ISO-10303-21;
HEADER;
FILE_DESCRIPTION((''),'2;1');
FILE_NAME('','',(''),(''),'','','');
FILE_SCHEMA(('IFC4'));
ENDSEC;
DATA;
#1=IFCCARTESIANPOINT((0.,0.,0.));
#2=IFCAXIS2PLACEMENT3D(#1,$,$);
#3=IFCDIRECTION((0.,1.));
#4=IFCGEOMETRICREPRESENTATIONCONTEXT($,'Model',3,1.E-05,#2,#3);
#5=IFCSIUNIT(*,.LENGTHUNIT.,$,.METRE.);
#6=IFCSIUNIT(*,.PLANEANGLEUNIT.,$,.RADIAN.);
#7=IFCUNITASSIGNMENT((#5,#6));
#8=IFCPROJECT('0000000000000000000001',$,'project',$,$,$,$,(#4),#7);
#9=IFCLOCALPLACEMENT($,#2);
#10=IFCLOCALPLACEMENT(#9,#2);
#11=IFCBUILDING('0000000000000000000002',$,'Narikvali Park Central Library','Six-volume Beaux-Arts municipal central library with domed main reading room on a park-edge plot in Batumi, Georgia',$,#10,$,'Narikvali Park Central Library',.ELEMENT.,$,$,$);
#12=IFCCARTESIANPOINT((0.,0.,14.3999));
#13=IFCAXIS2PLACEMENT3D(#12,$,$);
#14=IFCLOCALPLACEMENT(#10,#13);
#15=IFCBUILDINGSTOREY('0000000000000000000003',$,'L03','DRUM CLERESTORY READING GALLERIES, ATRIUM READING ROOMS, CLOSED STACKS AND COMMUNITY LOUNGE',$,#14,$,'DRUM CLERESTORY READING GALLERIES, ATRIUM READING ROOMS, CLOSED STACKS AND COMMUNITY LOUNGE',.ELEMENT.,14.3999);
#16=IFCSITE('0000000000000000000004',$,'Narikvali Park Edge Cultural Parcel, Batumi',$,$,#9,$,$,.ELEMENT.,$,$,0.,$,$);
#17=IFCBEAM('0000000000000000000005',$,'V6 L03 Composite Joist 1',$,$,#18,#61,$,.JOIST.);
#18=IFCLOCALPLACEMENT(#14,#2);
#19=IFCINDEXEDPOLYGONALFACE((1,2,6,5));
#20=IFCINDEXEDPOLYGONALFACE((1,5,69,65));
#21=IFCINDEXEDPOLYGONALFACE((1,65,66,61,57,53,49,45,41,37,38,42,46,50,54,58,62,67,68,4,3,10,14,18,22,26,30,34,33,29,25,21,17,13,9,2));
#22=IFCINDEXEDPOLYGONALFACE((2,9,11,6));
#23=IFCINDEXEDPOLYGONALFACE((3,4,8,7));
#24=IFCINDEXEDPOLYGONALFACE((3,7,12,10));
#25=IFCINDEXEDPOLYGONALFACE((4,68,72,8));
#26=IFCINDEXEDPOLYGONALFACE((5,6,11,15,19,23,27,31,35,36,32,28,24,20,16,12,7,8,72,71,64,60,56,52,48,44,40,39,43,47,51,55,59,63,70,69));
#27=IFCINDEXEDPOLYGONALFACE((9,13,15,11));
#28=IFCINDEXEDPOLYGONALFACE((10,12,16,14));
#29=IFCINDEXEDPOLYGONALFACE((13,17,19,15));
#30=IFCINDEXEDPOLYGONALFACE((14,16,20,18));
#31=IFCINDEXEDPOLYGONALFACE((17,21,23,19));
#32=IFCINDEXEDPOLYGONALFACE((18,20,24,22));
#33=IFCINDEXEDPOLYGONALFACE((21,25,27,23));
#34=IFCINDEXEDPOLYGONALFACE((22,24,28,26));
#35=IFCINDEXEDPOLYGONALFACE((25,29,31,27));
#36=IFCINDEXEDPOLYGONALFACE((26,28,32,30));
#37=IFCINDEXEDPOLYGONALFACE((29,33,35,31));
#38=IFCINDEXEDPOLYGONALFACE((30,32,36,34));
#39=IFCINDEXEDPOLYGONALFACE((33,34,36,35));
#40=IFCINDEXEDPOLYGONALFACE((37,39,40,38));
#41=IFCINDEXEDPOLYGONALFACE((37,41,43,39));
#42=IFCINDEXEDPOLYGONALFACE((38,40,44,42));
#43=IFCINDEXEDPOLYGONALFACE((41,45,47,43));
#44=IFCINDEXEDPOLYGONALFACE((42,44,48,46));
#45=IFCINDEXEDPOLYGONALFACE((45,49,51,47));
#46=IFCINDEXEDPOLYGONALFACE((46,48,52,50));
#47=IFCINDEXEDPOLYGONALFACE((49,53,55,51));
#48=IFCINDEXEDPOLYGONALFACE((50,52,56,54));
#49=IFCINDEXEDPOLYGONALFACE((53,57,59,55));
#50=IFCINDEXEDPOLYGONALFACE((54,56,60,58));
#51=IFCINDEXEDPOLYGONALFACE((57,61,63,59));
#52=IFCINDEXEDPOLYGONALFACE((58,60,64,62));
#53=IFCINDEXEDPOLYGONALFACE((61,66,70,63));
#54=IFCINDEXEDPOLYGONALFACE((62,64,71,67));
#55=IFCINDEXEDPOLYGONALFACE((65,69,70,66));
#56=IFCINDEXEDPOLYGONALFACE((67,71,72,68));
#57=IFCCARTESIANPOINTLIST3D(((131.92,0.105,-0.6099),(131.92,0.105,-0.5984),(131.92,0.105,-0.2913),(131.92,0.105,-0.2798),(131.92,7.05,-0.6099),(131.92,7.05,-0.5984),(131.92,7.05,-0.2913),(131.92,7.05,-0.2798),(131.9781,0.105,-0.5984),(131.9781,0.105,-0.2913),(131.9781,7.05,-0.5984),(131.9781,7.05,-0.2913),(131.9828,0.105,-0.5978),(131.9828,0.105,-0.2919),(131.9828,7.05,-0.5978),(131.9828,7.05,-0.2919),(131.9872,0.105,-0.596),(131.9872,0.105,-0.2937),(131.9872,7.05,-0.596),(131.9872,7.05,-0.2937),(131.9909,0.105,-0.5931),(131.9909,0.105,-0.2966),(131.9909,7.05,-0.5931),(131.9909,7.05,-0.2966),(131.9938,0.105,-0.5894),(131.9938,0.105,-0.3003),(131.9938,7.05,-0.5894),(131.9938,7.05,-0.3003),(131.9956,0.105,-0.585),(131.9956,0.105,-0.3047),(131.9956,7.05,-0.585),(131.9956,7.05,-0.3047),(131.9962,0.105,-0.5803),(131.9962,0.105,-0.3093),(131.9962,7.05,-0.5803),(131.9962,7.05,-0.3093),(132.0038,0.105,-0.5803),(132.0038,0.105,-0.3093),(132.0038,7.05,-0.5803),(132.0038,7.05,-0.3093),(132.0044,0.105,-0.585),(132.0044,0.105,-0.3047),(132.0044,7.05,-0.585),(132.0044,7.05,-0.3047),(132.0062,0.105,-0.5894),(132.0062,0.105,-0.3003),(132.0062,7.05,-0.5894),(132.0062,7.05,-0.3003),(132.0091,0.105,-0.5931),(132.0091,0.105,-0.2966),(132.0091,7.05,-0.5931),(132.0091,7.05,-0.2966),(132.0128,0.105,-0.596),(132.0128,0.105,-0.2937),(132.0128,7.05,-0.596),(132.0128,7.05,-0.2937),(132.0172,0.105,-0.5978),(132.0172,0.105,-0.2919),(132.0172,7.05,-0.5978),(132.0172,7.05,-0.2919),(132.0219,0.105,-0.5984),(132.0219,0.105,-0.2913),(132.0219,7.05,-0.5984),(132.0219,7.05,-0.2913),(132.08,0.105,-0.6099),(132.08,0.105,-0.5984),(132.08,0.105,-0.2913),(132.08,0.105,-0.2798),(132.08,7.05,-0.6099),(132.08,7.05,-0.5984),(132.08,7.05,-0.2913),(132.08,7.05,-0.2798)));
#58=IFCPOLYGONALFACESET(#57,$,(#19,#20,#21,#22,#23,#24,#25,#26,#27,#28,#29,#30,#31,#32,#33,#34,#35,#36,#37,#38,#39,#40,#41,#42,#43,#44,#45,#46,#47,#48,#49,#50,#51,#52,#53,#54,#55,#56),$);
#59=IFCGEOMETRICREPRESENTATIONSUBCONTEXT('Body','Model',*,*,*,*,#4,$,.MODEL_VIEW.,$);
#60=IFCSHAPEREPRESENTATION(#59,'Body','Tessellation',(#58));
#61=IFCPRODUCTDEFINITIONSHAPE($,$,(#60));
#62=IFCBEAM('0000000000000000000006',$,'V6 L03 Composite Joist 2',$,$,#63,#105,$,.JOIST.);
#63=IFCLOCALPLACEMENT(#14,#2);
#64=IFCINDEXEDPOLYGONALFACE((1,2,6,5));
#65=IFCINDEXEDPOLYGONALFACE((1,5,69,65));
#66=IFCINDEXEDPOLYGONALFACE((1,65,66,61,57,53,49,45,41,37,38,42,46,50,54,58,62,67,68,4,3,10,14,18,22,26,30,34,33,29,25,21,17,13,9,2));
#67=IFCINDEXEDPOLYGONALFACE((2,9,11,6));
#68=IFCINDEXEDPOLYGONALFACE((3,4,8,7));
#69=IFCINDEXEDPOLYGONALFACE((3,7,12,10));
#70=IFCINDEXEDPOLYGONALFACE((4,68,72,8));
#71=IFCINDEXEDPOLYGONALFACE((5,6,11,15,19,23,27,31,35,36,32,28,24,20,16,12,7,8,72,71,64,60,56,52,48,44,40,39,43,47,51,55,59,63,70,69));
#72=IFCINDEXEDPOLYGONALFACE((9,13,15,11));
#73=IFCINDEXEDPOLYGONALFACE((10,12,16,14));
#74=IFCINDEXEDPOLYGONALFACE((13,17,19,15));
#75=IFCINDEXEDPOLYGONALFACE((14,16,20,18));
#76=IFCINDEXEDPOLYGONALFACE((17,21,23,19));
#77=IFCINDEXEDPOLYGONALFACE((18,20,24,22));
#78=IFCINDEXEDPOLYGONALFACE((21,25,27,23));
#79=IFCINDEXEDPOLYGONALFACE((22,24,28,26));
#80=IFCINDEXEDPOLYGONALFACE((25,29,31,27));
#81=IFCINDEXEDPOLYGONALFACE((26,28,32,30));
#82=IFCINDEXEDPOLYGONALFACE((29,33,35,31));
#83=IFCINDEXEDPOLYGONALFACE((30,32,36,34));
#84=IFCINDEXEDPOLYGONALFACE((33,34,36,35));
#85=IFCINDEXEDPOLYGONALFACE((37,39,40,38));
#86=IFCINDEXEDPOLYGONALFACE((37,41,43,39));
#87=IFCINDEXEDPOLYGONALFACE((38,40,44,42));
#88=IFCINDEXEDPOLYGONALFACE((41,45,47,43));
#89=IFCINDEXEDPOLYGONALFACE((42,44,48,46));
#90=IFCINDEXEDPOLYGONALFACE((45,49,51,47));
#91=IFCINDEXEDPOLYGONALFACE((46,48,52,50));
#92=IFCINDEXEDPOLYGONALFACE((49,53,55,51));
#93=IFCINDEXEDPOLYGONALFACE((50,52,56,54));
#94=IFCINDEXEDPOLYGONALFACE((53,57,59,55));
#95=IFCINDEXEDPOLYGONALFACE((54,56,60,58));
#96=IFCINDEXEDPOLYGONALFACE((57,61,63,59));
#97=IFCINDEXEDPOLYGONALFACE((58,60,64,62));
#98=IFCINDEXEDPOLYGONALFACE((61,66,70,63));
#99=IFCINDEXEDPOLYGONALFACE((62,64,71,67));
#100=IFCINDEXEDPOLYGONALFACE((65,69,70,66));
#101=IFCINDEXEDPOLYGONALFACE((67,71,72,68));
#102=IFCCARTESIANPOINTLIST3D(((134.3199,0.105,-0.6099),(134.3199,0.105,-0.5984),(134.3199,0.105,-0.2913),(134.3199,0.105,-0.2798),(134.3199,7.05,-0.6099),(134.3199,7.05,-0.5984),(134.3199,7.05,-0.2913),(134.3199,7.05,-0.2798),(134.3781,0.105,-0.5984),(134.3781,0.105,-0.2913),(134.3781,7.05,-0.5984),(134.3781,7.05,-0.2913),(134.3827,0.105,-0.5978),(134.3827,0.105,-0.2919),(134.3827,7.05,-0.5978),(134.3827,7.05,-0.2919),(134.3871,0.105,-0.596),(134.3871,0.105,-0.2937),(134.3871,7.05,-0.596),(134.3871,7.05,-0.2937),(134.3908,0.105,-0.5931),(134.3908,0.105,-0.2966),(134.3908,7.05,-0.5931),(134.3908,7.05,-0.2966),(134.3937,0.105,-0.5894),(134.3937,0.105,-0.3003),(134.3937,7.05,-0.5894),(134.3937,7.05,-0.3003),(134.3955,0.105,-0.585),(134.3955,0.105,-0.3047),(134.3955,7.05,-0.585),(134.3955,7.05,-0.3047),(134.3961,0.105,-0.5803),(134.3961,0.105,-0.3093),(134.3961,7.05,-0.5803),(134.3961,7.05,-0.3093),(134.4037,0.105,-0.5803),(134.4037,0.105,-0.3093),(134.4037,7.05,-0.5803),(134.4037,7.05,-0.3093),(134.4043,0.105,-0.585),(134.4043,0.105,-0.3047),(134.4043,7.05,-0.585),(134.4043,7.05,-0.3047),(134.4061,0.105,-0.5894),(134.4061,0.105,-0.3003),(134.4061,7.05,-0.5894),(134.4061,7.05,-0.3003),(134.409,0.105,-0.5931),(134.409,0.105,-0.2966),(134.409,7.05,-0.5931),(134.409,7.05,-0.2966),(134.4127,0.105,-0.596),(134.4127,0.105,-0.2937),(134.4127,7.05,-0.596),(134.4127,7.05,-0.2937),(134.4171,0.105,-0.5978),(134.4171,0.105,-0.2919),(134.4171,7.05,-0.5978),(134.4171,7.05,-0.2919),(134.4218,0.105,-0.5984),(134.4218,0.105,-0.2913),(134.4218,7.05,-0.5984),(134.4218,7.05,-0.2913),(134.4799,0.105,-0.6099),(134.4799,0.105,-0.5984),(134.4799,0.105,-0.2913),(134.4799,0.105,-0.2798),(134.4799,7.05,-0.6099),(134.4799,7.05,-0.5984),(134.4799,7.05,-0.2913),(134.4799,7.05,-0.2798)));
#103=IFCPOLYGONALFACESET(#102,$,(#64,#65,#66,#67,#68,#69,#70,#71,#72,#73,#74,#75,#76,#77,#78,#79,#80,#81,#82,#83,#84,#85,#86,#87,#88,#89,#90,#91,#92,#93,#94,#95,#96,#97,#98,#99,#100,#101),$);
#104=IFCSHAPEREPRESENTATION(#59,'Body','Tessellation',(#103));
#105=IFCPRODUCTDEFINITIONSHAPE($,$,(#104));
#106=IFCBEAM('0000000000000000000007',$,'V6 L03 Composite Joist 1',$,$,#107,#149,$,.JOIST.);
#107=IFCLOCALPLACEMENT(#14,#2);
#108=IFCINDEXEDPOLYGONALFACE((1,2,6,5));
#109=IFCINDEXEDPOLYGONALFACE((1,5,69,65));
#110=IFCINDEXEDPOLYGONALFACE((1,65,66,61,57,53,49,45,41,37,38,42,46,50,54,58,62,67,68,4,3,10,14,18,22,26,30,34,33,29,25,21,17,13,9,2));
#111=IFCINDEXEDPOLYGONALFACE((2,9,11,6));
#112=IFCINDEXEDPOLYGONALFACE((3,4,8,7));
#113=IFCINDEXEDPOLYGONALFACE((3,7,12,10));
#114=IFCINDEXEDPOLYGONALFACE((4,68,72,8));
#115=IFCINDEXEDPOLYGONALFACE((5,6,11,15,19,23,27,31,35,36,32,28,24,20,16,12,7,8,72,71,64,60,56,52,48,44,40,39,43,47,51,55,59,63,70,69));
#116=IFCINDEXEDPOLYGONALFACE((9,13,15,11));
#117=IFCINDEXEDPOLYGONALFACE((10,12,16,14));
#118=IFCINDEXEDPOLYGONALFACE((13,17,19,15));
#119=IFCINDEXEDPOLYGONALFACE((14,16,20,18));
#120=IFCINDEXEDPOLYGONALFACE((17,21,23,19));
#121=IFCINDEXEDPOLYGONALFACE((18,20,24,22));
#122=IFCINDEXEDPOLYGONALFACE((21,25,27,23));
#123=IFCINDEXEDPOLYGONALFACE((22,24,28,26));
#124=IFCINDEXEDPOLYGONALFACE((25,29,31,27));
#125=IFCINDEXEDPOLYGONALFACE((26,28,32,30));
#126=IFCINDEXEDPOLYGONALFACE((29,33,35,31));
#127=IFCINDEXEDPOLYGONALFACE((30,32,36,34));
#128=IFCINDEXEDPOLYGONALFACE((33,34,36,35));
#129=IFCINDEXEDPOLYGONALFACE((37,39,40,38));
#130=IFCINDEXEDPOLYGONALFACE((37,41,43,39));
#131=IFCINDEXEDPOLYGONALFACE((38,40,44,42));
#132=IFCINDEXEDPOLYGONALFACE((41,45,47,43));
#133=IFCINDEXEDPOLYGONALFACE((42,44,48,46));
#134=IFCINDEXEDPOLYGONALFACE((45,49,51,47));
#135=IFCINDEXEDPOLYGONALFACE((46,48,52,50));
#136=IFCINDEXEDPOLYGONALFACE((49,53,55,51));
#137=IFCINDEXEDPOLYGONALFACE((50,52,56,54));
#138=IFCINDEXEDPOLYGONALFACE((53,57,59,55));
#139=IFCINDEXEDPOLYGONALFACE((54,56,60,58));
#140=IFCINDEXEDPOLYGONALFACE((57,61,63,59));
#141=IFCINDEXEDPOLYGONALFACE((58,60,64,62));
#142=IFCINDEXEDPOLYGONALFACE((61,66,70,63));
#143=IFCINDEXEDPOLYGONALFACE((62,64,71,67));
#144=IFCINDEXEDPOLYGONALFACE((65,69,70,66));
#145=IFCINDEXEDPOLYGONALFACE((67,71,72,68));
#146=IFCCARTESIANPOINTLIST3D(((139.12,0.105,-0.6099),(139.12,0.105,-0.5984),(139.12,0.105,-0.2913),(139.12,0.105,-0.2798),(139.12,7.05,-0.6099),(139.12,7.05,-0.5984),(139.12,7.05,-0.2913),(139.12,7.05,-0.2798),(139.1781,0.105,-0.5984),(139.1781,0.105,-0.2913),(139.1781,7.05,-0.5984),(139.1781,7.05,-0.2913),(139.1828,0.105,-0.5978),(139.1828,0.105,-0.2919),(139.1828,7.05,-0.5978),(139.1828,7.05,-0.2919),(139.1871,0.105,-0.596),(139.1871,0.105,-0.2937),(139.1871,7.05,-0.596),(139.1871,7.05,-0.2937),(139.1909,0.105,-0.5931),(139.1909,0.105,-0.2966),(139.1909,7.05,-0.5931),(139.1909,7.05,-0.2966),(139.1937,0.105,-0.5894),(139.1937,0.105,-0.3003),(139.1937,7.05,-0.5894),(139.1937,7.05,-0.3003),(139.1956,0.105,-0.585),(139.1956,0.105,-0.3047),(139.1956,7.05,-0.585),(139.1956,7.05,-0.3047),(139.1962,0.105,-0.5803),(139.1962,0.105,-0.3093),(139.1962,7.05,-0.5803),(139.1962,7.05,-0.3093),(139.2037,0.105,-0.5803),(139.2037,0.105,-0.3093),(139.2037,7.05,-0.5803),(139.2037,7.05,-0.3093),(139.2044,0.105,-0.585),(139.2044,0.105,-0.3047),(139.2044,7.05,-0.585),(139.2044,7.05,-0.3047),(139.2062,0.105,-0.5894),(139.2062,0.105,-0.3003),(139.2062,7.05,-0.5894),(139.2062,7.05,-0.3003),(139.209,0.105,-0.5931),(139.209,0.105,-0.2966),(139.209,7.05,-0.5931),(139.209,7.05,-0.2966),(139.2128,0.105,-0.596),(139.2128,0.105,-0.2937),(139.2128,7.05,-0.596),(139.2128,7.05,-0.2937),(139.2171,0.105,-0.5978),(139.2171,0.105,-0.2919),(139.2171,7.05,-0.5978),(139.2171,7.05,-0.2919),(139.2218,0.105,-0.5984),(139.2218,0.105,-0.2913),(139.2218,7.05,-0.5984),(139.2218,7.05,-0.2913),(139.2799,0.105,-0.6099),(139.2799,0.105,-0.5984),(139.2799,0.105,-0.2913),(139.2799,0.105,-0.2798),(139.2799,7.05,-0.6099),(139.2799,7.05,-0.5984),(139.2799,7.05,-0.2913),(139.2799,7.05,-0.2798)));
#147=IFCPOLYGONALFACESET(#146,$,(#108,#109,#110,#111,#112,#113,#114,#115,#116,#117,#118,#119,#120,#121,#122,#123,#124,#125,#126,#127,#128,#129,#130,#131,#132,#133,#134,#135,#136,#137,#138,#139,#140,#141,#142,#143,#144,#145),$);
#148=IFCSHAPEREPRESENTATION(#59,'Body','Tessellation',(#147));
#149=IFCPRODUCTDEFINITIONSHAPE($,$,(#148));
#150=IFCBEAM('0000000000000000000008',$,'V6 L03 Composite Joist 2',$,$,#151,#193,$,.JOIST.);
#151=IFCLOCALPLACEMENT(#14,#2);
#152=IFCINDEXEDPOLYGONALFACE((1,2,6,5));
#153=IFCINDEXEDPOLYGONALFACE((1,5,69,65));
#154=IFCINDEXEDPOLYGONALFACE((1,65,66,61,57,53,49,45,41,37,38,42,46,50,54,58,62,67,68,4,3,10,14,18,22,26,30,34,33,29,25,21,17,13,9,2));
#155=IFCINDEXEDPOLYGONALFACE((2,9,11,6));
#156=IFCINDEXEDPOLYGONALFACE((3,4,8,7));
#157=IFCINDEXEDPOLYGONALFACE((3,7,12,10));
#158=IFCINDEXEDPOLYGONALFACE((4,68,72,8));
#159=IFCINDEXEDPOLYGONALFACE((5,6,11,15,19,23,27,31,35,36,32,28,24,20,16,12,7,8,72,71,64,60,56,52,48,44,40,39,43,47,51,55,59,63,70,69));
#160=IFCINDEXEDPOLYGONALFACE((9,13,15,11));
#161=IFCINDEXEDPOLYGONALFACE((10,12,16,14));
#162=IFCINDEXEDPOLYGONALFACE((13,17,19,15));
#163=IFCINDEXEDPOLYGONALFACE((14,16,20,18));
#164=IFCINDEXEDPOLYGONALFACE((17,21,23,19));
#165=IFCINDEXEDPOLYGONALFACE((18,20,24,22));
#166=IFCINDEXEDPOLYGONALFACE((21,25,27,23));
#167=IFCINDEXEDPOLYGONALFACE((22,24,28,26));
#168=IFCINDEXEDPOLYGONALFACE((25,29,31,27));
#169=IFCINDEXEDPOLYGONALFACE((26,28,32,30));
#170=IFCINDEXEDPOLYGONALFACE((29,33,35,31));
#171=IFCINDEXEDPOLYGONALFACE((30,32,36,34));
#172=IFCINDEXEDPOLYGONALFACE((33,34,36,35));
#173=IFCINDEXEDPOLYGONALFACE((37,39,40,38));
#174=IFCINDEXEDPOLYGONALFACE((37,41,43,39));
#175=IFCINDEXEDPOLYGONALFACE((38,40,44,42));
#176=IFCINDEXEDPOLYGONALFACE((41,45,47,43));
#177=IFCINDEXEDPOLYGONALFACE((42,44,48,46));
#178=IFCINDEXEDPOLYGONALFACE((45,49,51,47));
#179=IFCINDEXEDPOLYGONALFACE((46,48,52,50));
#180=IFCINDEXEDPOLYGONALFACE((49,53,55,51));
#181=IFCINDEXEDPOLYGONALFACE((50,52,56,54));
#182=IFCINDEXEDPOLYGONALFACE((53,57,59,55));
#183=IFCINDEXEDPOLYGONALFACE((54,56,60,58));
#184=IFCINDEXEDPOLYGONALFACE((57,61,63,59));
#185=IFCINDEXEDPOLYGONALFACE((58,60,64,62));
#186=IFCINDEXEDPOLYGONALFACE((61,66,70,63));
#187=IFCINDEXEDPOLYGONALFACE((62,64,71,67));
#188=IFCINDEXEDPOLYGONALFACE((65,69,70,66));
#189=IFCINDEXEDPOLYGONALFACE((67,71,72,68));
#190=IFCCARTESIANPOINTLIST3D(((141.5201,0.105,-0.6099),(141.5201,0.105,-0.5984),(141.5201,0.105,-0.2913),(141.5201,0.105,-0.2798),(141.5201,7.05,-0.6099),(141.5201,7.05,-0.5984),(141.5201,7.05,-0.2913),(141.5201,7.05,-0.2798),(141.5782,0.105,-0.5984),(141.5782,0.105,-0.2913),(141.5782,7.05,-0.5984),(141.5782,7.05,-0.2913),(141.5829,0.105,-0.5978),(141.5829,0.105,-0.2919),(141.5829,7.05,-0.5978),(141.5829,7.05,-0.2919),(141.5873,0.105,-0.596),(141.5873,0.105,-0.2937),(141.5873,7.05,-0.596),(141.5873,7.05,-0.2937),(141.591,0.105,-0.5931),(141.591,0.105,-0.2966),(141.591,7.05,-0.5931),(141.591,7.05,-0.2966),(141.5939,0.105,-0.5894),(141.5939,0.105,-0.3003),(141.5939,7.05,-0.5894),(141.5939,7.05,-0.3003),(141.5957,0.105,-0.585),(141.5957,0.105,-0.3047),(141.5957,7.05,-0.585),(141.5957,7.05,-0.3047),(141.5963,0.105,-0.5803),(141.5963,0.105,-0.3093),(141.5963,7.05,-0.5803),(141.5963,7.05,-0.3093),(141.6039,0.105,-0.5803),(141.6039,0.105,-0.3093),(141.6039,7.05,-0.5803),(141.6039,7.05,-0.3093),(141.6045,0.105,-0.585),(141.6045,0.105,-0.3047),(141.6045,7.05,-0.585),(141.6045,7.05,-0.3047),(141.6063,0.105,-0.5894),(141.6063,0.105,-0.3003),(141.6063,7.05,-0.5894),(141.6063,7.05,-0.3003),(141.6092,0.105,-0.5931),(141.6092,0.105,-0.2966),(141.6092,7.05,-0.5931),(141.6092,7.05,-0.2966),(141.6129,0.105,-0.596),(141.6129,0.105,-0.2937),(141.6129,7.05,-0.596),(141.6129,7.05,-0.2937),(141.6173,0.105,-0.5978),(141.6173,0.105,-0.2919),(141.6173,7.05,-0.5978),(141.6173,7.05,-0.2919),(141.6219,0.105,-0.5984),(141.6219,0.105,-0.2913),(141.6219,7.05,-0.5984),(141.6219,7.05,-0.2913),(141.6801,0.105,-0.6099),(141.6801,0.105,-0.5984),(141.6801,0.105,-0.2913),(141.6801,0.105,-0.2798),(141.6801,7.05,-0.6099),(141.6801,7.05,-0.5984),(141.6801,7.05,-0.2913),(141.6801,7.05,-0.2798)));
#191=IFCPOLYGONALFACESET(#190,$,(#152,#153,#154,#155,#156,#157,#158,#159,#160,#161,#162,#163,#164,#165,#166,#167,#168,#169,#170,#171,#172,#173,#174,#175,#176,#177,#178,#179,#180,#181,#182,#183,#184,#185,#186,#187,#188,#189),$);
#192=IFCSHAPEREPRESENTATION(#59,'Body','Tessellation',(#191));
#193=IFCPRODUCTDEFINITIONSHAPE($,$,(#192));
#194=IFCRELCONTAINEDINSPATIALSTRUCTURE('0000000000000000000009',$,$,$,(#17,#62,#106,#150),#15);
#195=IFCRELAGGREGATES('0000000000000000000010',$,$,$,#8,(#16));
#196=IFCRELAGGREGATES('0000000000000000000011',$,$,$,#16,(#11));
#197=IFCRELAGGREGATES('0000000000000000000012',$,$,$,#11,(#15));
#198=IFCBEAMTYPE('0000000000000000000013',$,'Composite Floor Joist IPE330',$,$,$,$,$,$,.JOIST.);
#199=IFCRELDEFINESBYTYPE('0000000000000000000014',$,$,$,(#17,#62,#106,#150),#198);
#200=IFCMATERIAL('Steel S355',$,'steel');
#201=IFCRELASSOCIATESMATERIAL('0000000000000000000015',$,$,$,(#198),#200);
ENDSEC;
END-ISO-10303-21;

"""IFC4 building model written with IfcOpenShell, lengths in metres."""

from ifc_helpers import new_model, si_unit, direction, frame, origin, origin_2d, place, context, subcontext, project, spatial, i_section, extrude, material, material_profile, profile_set, type_object, element, save


model = new_model("IFC4")

# Units and contexts
model_context = context("Model", 3, precision=1e-05, world=origin(), true_north=direction((0.0, 1.0)))
body_context = subcontext(model_context, "Body", "Model", "MODEL_VIEW")
ifc_project = project(units=[si_unit("LENGTHUNIT", "METRE"), si_unit("PLANEANGLEUNIT", "RADIAN")], contexts=[model_context])

# Site, building, storey
site_placement = place(None, origin())
site = spatial("IfcSite", under=ifc_project, at=site_placement, Name="Narikvali Park Edge Cultural Parcel, Batumi", CompositionType="ELEMENT", RefElevation=0.0)
building_placement = place(site_placement, origin())
building = spatial("IfcBuilding", under=site, at=building_placement, Name="Narikvali Park Central Library", Description="Six-volume Beaux-Arts municipal central library with domed main reading room on a park-edge plot in Batumi, Georgia", LongName="Narikvali Park Central Library", CompositionType="ELEMENT")
storey_placement = place(building_placement, frame((0.0, 0.0, 14.3999)))
storey = spatial("IfcBuildingStorey", under=building, at=storey_placement, Name="L03", Description="DRUM CLERESTORY READING GALLERIES, ATRIUM READING ROOMS, CLOSED STACKS AND COMMUNITY LOUNGE", LongName="DRUM CLERESTORY READING GALLERIES, ATRIUM READING ROOMS, CLOSED STACKS AND COMMUNITY LOUNGE", CompositionType="ELEMENT", Elevation=14.3999)

# Shared definitions
ifc_material_1 = material(Name="Steel S355", Category="steel")

# Beams
ifc_material_profile_1 = material_profile(ifc_material_1, i_section(OverallWidth=0.1599, OverallDepth=0.3301, WebThickness=0.0076, FlangeThickness=0.0115, FilletRadius=0.0181, at=origin_2d()), Name="IPE 330")
ifc_profile_set_1 = profile_set([ifc_material_profile_1], Name="Steel S355")
beam_type_1 = type_object("IfcBeamType", Name="Composite Floor Joist IPE330", PredefinedType="JOIST", material=ifc_profile_set_1)
for number, where, z_axis, x_axis, name in (
    (1, (132.0, 0.105, -0.4448), (0.0, 1.0, 0.0), (-1.0, 0.0, 0.0), "V6 L03 Composite Joist 1"),
    (2, (134.3999, 0.105, -0.4448), (0.0, 1.0, 0.0), (-1.0, 0.0, 0.0), "V6 L03 Composite Joist 2"),
    (3, (139.2, 0.105, -0.4448), (0.0, 1.0, 0.0), (-1.0, 0.0, 0.0), "V6 L03 Composite Joist 1"),
    (4, (141.6001, 0.105, -0.4448), (0.0, 1.0, 0.0), (-1.0, 0.0, 0.0), "V6 L03 Composite Joist 2"),
):
    element("IfcBeam", number, at=place(storey_placement, frame(where, z_axis=z_axis, x_axis=x_axis)), inside=storey, type_object=beam_type_1, Name=name, PredefinedType="JOIST", context=body_context, shape_type="SweptSolid", body=[
        extrude(i_section(OverallWidth=0.1599, OverallDepth=0.3301, WebThickness=0.0076, FlangeThickness=0.0115, FilletRadius=0.0181, at=origin_2d()), origin(), (0.0, 0.0, 1.0), 6.9451),
    ])

save(model, "model.ifc")
